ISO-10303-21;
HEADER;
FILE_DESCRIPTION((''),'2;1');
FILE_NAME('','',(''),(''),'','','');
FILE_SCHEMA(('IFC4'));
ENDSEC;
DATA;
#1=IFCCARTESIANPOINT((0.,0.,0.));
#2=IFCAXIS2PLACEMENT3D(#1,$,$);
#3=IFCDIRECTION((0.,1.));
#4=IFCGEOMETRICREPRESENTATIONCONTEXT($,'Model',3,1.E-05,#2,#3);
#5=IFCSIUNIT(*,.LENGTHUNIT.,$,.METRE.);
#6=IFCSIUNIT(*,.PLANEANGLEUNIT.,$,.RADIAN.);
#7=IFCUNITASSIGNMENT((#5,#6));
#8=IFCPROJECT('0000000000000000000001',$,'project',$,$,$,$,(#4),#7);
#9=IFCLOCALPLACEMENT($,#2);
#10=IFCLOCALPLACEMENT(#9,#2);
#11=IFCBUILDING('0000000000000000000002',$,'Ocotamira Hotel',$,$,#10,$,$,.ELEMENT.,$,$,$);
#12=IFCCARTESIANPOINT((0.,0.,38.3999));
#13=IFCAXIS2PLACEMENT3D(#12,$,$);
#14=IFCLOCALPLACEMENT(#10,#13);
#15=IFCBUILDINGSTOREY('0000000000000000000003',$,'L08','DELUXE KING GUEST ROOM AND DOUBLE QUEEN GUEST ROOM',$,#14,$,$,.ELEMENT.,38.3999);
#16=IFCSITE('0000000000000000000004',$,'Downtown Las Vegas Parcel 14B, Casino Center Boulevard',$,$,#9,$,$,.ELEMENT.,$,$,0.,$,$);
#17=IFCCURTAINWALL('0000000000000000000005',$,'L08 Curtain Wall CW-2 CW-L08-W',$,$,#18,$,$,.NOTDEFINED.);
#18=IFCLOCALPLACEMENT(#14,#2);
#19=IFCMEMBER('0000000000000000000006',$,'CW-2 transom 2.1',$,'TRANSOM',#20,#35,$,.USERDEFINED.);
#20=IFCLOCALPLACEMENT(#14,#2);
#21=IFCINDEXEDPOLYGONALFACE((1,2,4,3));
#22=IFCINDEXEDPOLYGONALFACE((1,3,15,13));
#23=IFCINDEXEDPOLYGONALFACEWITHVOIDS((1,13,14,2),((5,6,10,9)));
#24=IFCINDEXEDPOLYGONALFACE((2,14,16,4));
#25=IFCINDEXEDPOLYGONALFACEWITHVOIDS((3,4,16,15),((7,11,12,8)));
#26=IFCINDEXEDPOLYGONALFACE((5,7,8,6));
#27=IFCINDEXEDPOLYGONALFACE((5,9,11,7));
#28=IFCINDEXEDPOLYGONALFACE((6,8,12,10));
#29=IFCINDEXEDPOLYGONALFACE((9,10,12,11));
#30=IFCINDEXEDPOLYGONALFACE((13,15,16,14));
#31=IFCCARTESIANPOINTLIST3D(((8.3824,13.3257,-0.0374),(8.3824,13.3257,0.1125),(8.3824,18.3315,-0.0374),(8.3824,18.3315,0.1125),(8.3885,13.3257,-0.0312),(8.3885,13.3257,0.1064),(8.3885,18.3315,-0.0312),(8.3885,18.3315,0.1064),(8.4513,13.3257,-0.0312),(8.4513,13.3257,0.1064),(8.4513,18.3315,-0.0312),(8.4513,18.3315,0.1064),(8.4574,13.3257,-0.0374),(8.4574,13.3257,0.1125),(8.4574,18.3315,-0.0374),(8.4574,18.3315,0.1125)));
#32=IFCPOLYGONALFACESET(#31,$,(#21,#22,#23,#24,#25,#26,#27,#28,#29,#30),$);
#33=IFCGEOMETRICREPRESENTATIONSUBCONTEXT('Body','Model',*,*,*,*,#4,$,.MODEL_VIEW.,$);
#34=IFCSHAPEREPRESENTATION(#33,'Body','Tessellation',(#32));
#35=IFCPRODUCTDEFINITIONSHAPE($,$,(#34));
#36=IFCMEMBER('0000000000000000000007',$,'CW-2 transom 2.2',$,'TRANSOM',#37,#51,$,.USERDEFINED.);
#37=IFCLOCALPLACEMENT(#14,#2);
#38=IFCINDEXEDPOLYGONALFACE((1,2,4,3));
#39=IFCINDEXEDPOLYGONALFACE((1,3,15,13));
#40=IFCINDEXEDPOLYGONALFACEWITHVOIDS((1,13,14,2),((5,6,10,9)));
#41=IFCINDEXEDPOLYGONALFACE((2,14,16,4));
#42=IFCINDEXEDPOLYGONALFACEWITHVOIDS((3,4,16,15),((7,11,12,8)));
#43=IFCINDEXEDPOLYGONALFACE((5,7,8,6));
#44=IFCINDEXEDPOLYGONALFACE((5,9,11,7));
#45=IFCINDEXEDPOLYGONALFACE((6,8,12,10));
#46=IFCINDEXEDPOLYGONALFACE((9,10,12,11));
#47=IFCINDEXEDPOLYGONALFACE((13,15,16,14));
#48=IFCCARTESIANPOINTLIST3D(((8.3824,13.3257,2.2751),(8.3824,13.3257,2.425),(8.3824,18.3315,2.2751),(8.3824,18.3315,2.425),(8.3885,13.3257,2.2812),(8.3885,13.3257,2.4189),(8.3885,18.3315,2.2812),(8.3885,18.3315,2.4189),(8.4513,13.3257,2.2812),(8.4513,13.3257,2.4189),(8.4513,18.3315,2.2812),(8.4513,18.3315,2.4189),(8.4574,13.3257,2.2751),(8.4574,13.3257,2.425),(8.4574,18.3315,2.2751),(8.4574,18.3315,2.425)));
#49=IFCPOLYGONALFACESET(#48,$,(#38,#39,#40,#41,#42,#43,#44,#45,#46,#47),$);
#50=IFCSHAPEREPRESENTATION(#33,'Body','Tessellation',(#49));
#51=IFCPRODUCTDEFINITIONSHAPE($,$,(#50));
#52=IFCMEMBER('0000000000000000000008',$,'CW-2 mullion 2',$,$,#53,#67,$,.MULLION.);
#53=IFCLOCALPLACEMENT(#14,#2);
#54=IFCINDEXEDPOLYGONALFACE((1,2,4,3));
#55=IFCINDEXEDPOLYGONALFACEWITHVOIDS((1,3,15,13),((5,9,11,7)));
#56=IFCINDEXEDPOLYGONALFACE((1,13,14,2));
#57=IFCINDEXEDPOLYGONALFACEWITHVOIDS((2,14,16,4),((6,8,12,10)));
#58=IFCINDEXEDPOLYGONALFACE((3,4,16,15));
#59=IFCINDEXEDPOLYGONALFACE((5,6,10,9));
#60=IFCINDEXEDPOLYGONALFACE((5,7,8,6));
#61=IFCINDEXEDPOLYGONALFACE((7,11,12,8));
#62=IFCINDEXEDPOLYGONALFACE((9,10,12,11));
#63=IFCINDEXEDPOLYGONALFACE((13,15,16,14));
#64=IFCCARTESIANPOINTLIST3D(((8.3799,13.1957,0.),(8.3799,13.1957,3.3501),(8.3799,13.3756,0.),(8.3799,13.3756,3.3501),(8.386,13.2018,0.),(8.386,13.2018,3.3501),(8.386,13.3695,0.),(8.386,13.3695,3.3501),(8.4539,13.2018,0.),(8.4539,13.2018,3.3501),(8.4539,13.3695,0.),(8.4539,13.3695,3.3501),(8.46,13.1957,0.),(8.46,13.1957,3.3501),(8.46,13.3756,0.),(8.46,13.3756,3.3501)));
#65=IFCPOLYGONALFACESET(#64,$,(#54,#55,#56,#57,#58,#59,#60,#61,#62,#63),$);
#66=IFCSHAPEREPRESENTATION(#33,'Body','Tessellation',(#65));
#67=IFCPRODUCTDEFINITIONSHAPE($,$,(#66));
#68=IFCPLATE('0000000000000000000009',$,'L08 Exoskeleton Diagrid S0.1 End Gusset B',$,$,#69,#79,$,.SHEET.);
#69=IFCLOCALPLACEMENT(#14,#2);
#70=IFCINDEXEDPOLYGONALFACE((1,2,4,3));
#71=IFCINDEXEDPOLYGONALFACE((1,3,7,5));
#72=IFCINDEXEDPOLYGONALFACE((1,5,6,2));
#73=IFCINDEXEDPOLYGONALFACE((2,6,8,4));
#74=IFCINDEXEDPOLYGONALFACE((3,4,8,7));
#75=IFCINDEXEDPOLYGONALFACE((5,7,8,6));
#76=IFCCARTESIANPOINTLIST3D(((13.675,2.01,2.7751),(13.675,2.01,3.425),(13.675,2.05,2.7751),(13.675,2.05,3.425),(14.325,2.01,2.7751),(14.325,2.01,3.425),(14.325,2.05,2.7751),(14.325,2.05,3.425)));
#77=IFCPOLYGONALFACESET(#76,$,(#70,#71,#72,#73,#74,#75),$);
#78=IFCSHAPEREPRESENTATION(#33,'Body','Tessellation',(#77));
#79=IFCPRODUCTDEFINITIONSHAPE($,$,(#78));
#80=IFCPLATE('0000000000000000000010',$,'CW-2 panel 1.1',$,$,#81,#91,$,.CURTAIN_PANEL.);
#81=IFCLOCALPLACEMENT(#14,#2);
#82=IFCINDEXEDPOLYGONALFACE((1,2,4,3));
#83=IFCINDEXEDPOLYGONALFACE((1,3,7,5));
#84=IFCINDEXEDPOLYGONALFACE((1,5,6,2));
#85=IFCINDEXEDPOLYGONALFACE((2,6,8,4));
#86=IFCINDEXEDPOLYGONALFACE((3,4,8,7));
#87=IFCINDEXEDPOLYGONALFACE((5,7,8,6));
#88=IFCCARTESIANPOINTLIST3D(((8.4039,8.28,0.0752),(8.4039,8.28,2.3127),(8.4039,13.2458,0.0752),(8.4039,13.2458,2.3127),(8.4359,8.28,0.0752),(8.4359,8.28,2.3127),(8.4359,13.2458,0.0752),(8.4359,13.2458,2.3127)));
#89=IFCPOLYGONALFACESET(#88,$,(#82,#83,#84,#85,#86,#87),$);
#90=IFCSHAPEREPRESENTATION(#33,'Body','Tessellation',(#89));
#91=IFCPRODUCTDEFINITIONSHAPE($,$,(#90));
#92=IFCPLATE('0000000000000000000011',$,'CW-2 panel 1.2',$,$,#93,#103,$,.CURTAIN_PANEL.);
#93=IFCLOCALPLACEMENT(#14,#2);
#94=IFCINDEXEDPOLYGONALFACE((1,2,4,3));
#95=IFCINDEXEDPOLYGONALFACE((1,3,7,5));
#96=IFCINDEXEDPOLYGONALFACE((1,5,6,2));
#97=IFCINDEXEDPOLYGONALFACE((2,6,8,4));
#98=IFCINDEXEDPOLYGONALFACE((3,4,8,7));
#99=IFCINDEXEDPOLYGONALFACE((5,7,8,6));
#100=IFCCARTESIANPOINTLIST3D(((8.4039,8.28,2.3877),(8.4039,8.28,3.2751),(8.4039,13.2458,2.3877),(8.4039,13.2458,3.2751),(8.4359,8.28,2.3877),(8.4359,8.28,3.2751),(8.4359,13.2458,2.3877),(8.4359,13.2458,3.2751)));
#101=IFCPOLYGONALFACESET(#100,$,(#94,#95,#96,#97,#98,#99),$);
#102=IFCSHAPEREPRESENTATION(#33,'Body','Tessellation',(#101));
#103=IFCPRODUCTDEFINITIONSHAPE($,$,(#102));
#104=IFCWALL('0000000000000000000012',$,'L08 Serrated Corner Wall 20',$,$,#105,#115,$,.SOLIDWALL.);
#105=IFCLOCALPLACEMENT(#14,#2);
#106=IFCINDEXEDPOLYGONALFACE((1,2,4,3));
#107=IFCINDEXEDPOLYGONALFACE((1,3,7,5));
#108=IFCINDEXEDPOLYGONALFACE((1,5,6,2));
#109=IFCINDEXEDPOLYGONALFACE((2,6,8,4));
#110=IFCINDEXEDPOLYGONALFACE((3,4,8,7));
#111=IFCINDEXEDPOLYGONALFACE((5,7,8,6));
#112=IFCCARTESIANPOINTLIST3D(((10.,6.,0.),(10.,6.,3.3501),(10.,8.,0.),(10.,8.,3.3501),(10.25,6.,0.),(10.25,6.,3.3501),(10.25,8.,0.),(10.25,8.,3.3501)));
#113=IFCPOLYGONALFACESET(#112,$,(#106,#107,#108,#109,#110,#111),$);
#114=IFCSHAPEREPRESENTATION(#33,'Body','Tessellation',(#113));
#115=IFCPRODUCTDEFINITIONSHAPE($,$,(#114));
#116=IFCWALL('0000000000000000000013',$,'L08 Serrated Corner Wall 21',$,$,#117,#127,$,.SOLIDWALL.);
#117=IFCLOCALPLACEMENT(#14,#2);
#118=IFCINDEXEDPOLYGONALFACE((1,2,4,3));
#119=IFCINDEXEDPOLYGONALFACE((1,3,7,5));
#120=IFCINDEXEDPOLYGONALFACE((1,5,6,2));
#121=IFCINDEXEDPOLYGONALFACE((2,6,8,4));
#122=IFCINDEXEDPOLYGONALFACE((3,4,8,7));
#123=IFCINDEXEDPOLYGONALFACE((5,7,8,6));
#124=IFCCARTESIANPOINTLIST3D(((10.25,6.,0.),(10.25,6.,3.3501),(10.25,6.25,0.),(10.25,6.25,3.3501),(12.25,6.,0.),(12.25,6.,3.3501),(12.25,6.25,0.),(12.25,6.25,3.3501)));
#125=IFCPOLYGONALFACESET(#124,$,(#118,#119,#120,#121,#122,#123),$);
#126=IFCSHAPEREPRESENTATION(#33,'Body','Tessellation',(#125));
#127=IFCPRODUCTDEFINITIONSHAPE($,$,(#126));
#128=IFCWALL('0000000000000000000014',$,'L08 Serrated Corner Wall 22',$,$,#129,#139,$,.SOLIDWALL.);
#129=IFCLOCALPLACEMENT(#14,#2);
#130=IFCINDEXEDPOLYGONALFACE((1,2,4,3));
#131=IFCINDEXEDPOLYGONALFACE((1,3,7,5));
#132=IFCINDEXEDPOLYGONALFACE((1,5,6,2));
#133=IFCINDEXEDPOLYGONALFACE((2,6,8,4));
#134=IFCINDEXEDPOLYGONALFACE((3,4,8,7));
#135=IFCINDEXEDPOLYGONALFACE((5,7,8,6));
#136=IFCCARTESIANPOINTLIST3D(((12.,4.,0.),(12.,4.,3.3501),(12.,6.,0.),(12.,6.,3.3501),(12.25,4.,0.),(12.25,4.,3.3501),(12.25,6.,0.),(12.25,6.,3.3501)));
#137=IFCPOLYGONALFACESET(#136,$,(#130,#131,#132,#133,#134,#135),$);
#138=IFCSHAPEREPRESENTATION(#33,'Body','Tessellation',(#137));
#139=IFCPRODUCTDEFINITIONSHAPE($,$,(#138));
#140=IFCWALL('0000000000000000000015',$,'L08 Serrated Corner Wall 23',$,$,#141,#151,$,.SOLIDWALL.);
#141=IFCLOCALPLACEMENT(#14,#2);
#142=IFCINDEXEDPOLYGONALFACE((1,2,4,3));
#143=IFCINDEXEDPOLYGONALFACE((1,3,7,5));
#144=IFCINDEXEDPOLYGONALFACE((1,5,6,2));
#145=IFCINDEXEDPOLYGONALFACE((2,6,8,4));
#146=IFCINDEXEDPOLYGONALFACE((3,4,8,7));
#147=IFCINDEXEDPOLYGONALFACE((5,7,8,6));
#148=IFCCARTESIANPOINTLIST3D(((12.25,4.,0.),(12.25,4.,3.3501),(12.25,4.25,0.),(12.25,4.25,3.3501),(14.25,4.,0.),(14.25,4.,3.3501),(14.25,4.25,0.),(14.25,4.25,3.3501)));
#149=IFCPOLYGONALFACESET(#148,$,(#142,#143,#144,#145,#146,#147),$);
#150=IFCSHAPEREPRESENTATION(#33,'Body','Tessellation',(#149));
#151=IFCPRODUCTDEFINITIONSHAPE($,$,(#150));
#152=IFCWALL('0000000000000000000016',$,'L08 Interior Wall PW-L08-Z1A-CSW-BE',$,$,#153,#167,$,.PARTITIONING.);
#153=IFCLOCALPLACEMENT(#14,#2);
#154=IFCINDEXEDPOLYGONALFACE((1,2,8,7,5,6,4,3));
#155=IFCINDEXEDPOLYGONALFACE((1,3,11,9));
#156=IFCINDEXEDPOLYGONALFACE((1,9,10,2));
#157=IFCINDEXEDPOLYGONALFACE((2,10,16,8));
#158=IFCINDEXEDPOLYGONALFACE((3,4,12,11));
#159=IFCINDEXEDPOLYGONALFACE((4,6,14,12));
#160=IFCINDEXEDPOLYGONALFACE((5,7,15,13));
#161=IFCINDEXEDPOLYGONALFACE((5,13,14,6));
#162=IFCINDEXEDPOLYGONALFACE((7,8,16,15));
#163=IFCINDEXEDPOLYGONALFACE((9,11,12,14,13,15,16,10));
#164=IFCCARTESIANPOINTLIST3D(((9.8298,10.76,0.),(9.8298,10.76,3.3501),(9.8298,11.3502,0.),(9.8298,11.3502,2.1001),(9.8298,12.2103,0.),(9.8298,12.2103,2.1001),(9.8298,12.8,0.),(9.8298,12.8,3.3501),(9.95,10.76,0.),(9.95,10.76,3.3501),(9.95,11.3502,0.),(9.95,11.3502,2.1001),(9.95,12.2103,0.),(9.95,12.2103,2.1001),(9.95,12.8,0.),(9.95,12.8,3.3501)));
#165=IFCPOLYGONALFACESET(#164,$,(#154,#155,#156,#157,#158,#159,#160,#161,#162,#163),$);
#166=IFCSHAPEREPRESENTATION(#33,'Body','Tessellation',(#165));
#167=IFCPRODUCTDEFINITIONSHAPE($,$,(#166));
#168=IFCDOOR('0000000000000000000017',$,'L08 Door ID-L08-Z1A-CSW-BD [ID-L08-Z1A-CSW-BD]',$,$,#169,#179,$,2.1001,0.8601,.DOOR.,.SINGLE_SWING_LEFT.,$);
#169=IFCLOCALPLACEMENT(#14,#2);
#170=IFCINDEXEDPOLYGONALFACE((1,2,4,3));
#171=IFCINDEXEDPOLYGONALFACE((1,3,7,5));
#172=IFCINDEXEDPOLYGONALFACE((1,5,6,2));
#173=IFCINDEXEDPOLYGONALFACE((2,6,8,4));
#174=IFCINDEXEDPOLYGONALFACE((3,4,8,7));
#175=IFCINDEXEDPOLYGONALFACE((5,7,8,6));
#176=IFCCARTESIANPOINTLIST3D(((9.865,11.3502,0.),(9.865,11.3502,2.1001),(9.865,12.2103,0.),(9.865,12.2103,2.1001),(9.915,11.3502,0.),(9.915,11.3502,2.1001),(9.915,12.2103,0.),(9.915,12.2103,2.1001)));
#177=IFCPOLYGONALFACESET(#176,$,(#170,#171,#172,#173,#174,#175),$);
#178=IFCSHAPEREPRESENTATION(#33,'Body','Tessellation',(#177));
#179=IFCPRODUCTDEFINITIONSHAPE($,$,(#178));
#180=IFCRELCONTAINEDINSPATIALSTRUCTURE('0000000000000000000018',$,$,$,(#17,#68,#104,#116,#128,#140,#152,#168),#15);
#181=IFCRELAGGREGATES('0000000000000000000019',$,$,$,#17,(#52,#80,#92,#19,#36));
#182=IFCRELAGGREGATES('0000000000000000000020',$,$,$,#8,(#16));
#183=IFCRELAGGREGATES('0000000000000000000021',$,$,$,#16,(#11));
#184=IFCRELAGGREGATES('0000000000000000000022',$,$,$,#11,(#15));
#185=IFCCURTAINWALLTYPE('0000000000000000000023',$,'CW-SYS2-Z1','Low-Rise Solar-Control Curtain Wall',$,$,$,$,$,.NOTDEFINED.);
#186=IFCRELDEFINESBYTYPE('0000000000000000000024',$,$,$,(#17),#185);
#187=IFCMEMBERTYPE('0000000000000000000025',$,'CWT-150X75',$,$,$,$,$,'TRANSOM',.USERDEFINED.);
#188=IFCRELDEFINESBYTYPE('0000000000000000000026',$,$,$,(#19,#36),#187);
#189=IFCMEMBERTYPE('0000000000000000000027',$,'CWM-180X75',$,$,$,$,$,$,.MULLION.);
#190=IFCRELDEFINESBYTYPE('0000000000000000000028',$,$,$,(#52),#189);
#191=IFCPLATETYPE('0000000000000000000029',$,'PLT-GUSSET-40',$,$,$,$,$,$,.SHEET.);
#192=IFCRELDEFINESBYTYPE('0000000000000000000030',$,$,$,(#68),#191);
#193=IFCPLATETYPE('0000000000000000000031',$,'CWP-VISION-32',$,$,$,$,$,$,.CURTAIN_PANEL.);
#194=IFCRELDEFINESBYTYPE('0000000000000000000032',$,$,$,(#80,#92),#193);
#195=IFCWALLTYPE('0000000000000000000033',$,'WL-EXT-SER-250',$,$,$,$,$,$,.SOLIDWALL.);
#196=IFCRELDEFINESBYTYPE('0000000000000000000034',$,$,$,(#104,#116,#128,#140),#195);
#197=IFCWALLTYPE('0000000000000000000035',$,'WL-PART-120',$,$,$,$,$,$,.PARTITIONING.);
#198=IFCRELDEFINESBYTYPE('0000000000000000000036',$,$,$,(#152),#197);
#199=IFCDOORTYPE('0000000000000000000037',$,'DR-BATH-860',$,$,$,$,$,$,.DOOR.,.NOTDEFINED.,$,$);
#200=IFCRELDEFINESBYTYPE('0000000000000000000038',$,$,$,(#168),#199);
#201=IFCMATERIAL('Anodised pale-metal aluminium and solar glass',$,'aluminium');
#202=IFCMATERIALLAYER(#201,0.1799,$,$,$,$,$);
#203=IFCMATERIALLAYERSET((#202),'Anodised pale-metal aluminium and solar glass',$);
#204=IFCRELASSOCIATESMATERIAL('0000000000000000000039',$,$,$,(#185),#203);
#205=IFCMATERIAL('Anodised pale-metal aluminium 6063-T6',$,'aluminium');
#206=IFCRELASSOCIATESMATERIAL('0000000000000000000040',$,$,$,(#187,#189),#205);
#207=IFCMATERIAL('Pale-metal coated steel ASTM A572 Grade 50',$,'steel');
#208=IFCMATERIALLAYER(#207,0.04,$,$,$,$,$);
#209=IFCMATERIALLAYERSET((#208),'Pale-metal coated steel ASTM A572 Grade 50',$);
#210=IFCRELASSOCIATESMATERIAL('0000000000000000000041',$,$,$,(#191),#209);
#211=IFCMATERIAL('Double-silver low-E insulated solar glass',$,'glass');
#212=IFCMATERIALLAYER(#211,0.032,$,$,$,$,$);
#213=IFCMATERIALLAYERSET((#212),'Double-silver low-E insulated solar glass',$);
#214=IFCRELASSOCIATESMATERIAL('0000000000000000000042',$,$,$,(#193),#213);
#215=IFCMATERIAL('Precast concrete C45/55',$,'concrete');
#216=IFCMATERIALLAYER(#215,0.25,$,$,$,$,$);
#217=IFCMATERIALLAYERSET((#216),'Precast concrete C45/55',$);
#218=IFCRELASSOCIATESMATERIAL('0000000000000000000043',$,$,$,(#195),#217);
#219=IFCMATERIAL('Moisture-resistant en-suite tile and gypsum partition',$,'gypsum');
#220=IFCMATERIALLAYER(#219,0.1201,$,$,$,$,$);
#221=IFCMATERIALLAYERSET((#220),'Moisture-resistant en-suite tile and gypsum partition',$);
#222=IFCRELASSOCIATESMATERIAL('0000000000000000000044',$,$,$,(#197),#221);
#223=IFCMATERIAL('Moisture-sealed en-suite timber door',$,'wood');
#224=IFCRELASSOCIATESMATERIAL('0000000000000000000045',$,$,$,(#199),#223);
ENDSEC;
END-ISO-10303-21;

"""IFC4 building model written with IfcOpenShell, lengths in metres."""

from ifc_helpers import new_model, si_unit, direction, frame, frame_2d, origin, origin_2d, place, context, subcontext, project, spatial, rectangle, hollow_rectangle, extrude, source, transform, mapped, material, layer, layer_set, material_profile, profile_set, type_object, element, fill, aggregate, save


model = new_model("IFC4")

# Units and contexts
model_context = context("Model", 3, precision=1e-05, world=origin(), true_north=direction((0.0, 1.0)))
body_context = subcontext(model_context, "Body", "Model", "MODEL_VIEW")
ifc_project = project(units=[si_unit("LENGTHUNIT", "METRE"), si_unit("PLANEANGLEUNIT", "RADIAN")], contexts=[model_context])

# Site, building, storey
site_placement = place(None, origin())
site = spatial("IfcSite", under=ifc_project, at=site_placement, Name="Downtown Las Vegas Parcel 14B, Casino Center Boulevard", CompositionType="ELEMENT", RefElevation=0.0)
building_placement = place(site_placement, origin())
building = spatial("IfcBuilding", under=site, at=building_placement, Name="Ocotamira Hotel", CompositionType="ELEMENT")
storey_placement = place(building_placement, frame((0.0, 0.0, 38.3999)))
storey = spatial("IfcBuildingStorey", under=building, at=storey_placement, Name="L08", Description="DELUXE KING GUEST ROOM AND DOUBLE QUEEN GUEST ROOM", CompositionType="ELEMENT", Elevation=38.3999)

# Curtain wall, members
ifc_material_1 = material(Name="Anodised pale-metal aluminium and solar glass", Category="aluminium")
ifc_layer_1 = layer(ifc_material_1, 0.1799)
ifc_layer_set_1 = layer_set([ifc_layer_1], Name="Anodised pale-metal aluminium and solar glass")
curtain_wall_type = type_object("IfcCurtainWallType", Name="CW-SYS2-Z1", Description="Low-Rise Solar-Control Curtain Wall", PredefinedType="NOTDEFINED", material=ifc_layer_set_1)
curtain_wall_placement = place(storey_placement, origin())
curtain_wall = element("IfcCurtainWall", 1, at=curtain_wall_placement, inside=storey, type_object=curtain_wall_type, Name="L08 Curtain Wall CW-2 CW-L08-W", PredefinedType="NOTDEFINED")
ifc_material_2 = material(Name="Anodised pale-metal aluminium 6063-T6", Category="aluminium")
ifc_material_profile_1 = material_profile(ifc_material_2, hollow_rectangle(XDim=0.075, YDim=0.1499, WallThickness=0.0061, at=origin_2d()), Name="HSS150X75X6")
ifc_profile_set_1 = profile_set([ifc_material_profile_1], Name="Anodised pale-metal aluminium 6063-T6")
member_type_1 = type_object("IfcMemberType", Name="CWT-150X75", ElementType="TRANSOM", PredefinedType="USERDEFINED", material=ifc_profile_set_1)
shared_shape_1 = source(origin(), body_context, "Body", "SweptSolid", [
    extrude(hollow_rectangle(XDim=0.075, YDim=0.1499, WallThickness=0.0061, at=origin_2d()), origin(), (0.0, 0.0, 1.0), 5.0059),
])
member_1_placement = place(storey_placement, frame((8.4199, 13.3257, 0.0376), z_axis=(0.0, 1.0, 0.0), x_axis=(-1.0, 0.0, 0.0)))
member_1 = element("IfcMember", 2, at=member_1_placement, type_object=member_type_1, Name="CW-2 transom 2.1", ObjectType="TRANSOM", PredefinedType="USERDEFINED", context=body_context, shape_type="MappedRepresentation", body=[
    mapped(shared_shape_1, transform((0.0, 0.0, 0.0), scale=1.0)),
])
member_2_placement = place(storey_placement, frame((8.4199, 13.3257, 2.3501), z_axis=(0.0, 1.0, 0.0), x_axis=(-1.0, 0.0, 0.0)))
member_2 = element("IfcMember", 3, at=member_2_placement, type_object=member_type_1, Name="CW-2 transom 2.2", ObjectType="TRANSOM", PredefinedType="USERDEFINED", context=body_context, shape_type="MappedRepresentation", body=[
    mapped(shared_shape_1, transform((0.0, 0.0, 0.0), scale=1.0)),
])
ifc_material_profile_2 = material_profile(ifc_material_2, hollow_rectangle(XDim=0.0801, YDim=0.1799, WallThickness=0.0061, at=origin_2d()), Name="HSS180X80X6")
ifc_profile_set_2 = profile_set([ifc_material_profile_2], Name="Anodised pale-metal aluminium 6063-T6")
member_type_2 = type_object("IfcMemberType", Name="CWM-180X75", PredefinedType="MULLION", material=ifc_profile_set_2)
shared_shape_2 = source(origin(), body_context, "Body", "SweptSolid", [
    extrude(hollow_rectangle(XDim=0.0801, YDim=0.1799, WallThickness=0.0061, at=origin_2d()), origin(), (0.0, 0.0, 1.0), 3.3501),
])
member_3_placement = place(storey_placement, frame((8.4199, 13.2856, 0.0), z_axis=(0.0, 0.0, 1.0), x_axis=(-1.0, 0.0, 0.0)))
member_3 = element("IfcMember", 4, at=member_3_placement, type_object=member_type_2, Name="CW-2 mullion 2", PredefinedType="MULLION", context=body_context, shape_type="MappedRepresentation", body=[
    mapped(shared_shape_2, transform((0.0, 0.0, 0.0), scale=1.0)),
])

# Plates
ifc_material_3 = material(Name="Pale-metal coated steel ASTM A572 Grade 50", Category="steel")
ifc_layer_2 = layer(ifc_material_3, 0.04)
ifc_layer_set_2 = layer_set([ifc_layer_2], Name="Pale-metal coated steel ASTM A572 Grade 50")
plate_type_1 = type_object("IfcPlateType", Name="PLT-GUSSET-40", PredefinedType="SHEET", material=ifc_layer_set_2)
shared_shape_3 = source(origin(), body_context, "Body", "SweptSolid", [
    extrude(rectangle(XDim=0.6499, YDim=0.04, at=origin_2d()), origin(), (0.0, 0.0, 1.0), 0.6499),
])
plate_1_placement = place(storey_placement, frame((14.0, 2.03, 2.7751), z_axis=(0.0, 0.0, 1.0), x_axis=(-1.0, 0.0, 0.0)))
element("IfcPlate", 5, at=plate_1_placement, inside=storey, type_object=plate_type_1, Name="L08 Exoskeleton Diagrid S0.1 End Gusset B", PredefinedType="SHEET", context=body_context, shape_type="MappedRepresentation", body=[
    mapped(shared_shape_3, transform((0.0, 0.0, 0.0), scale=1.0)),
])
ifc_material_4 = material(Name="Double-silver low-E insulated solar glass", Category="glass")
ifc_layer_3 = layer(ifc_material_4, 0.032)
ifc_layer_set_3 = layer_set([ifc_layer_3], Name="Double-silver low-E insulated solar glass")
plate_type_2 = type_object("IfcPlateType", Name="CWP-VISION-32", PredefinedType="CURTAIN_PANEL", material=ifc_layer_set_3)
shared_shape_4 = source(origin(), body_context, "Body", "SweptSolid", [
    extrude(rectangle(XDim=4.9658, YDim=0.032, at=origin_2d()), origin(), (0.0, 0.0, 1.0), 2.2375),
])
plate_2_placement = place(storey_placement, frame((8.4199, 10.7629, 0.0752), z_axis=(0.0, 0.0, 1.0), x_axis=(0.0, 1.0, 0.0)))
plate_2 = element("IfcPlate", 6, at=plate_2_placement, type_object=plate_type_2, Name="CW-2 panel 1.1", PredefinedType="CURTAIN_PANEL", context=body_context, shape_type="MappedRepresentation", body=[
    mapped(shared_shape_4, transform((0.0, 0.0, 0.0), scale=1.0)),
])
shared_shape_5 = source(origin(), body_context, "Body", "SweptSolid", [
    extrude(rectangle(XDim=4.9658, YDim=0.032, at=origin_2d()), origin(), (0.0, 0.0, 1.0), 0.8875),
])
plate_3_placement = place(storey_placement, frame((8.4199, 10.7629, 2.3877), z_axis=(0.0, 0.0, 1.0), x_axis=(0.0, 1.0, 0.0)))
plate_3 = element("IfcPlate", 7, at=plate_3_placement, type_object=plate_type_2, Name="CW-2 panel 1.2", PredefinedType="CURTAIN_PANEL", context=body_context, shape_type="MappedRepresentation", body=[
    mapped(shared_shape_5, transform((0.0, 0.0, 0.0), scale=1.0)),
])
aggregate(curtain_wall, [member_3, plate_2, plate_3, member_1, member_2])

# Walls
ifc_material_5 = material(Name="Precast concrete C45/55", Category="concrete")
ifc_layer_4 = layer(ifc_material_5, 0.25)
ifc_layer_set_4 = layer_set([ifc_layer_4], Name="Precast concrete C45/55")
wall_type_1 = type_object("IfcWallType", Name="WL-EXT-SER-250", PredefinedType="SOLIDWALL", material=ifc_layer_set_4)
for number, where, z_axis, x_axis, name in (
    (8, (10.125, 8.0, 0.0), (0.0, 0.0, 1.0), (0.0, -1.0, 0.0), "L08 Serrated Corner Wall 20"),
    (9, (10.25, 6.125, 0.0), (0.0, 0.0, 1.0), (1.0, 0.0, 0.0), "L08 Serrated Corner Wall 21"),
    (10, (12.125, 6.0, 0.0), (0.0, 0.0, 1.0), (0.0, -1.0, 0.0), "L08 Serrated Corner Wall 22"),
    (11, (12.25, 4.125, 0.0), (0.0, 0.0, 1.0), (1.0, 0.0, 0.0), "L08 Serrated Corner Wall 23"),
):
    element("IfcWall", number, at=place(storey_placement, frame(where, z_axis=z_axis, x_axis=x_axis)), inside=storey, type_object=wall_type_1, Name=name, PredefinedType="SOLIDWALL", context=body_context, shape_type="SweptSolid", body=[
        extrude(rectangle(XDim=2.0, YDim=0.25, at=frame_2d((1.0, 0.0))), origin(), (0.0, 0.0, 1.0), 3.3501),
    ])

# Wall, opening, door
ifc_material_6 = material(Name="Moisture-resistant en-suite tile and gypsum partition", Category="gypsum")
ifc_layer_5 = layer(ifc_material_6, 0.1201)
ifc_layer_set_5 = layer_set([ifc_layer_5], Name="Moisture-resistant en-suite tile and gypsum partition")
wall_type_2 = type_object("IfcWallType", Name="WL-PART-120", PredefinedType="PARTITIONING", material=ifc_layer_set_5)
wall_1_placement = place(storey_placement, frame((9.8899, 10.76, 0.0), z_axis=(0.0, 0.0, 1.0), x_axis=(0.0, 1.0, 0.0)))
wall_1 = element("IfcWall", 12, at=wall_1_placement, inside=storey, type_object=wall_type_2, Name="L08 Interior Wall PW-L08-Z1A-CSW-BE", PredefinedType="PARTITIONING", context=body_context, shape_type="SweptSolid", body=[
    extrude(rectangle(XDim=2.04, YDim=0.1201, at=frame_2d((1.02, 0.0))), origin(), (0.0, 0.0, 1.0), 3.3501),
])
opening_1_placement = place(wall_1_placement, frame((0.5901, 0.0, 0.0)))
opening_1 = element("IfcOpeningElement", 13, at=opening_1_placement, cuts=wall_1, PredefinedType="OPENING", context=body_context, shape_type="SweptSolid", body=[
    extrude(rectangle(XDim=0.8601, YDim=2.1001, at=frame_2d((0.4302, 1.05))), frame((0.0, 0.0701, 0.0), z_axis=(0.0, -1.0, 0.0), x_axis=(1.0, 0.0, 0.0)), (0.0, 0.0, 1.0), 0.1401),
])
ifc_material_7 = material(Name="Moisture-sealed en-suite timber door", Category="wood")
door_type_1 = type_object("IfcDoorType", Name="DR-BATH-860", OperationType="NOTDEFINED", PredefinedType="DOOR", material=ifc_material_7)
shared_shape_6 = source(origin(), body_context, "Body", "SweptSolid", [
    extrude(rectangle(XDim=0.8601, YDim=2.1001, at=frame_2d((0.4302, 1.05))), frame((0.0, 0.0249, 0.0), z_axis=(0.0, -1.0, 0.0), x_axis=(1.0, 0.0, 0.0)), (0.0, 0.0, 1.0), 0.05),
])
door_1_placement = place(opening_1_placement, origin())
door_1 = element("IfcDoor", 14, at=door_1_placement, inside=storey, type_object=door_type_1, Name="L08 Door ID-L08-Z1A-CSW-BD [ID-L08-Z1A-CSW-BD]", OperationType="SINGLE_SWING_LEFT", OverallHeight=2.1001, OverallWidth=0.8601, PredefinedType="DOOR", context=body_context, shape_type="MappedRepresentation", body=[
    mapped(shared_shape_6, transform((0.0, 0.0, 0.0), scale=1.0)),
])
fill(opening_1, door_1)

save(model, "model.ifc")
